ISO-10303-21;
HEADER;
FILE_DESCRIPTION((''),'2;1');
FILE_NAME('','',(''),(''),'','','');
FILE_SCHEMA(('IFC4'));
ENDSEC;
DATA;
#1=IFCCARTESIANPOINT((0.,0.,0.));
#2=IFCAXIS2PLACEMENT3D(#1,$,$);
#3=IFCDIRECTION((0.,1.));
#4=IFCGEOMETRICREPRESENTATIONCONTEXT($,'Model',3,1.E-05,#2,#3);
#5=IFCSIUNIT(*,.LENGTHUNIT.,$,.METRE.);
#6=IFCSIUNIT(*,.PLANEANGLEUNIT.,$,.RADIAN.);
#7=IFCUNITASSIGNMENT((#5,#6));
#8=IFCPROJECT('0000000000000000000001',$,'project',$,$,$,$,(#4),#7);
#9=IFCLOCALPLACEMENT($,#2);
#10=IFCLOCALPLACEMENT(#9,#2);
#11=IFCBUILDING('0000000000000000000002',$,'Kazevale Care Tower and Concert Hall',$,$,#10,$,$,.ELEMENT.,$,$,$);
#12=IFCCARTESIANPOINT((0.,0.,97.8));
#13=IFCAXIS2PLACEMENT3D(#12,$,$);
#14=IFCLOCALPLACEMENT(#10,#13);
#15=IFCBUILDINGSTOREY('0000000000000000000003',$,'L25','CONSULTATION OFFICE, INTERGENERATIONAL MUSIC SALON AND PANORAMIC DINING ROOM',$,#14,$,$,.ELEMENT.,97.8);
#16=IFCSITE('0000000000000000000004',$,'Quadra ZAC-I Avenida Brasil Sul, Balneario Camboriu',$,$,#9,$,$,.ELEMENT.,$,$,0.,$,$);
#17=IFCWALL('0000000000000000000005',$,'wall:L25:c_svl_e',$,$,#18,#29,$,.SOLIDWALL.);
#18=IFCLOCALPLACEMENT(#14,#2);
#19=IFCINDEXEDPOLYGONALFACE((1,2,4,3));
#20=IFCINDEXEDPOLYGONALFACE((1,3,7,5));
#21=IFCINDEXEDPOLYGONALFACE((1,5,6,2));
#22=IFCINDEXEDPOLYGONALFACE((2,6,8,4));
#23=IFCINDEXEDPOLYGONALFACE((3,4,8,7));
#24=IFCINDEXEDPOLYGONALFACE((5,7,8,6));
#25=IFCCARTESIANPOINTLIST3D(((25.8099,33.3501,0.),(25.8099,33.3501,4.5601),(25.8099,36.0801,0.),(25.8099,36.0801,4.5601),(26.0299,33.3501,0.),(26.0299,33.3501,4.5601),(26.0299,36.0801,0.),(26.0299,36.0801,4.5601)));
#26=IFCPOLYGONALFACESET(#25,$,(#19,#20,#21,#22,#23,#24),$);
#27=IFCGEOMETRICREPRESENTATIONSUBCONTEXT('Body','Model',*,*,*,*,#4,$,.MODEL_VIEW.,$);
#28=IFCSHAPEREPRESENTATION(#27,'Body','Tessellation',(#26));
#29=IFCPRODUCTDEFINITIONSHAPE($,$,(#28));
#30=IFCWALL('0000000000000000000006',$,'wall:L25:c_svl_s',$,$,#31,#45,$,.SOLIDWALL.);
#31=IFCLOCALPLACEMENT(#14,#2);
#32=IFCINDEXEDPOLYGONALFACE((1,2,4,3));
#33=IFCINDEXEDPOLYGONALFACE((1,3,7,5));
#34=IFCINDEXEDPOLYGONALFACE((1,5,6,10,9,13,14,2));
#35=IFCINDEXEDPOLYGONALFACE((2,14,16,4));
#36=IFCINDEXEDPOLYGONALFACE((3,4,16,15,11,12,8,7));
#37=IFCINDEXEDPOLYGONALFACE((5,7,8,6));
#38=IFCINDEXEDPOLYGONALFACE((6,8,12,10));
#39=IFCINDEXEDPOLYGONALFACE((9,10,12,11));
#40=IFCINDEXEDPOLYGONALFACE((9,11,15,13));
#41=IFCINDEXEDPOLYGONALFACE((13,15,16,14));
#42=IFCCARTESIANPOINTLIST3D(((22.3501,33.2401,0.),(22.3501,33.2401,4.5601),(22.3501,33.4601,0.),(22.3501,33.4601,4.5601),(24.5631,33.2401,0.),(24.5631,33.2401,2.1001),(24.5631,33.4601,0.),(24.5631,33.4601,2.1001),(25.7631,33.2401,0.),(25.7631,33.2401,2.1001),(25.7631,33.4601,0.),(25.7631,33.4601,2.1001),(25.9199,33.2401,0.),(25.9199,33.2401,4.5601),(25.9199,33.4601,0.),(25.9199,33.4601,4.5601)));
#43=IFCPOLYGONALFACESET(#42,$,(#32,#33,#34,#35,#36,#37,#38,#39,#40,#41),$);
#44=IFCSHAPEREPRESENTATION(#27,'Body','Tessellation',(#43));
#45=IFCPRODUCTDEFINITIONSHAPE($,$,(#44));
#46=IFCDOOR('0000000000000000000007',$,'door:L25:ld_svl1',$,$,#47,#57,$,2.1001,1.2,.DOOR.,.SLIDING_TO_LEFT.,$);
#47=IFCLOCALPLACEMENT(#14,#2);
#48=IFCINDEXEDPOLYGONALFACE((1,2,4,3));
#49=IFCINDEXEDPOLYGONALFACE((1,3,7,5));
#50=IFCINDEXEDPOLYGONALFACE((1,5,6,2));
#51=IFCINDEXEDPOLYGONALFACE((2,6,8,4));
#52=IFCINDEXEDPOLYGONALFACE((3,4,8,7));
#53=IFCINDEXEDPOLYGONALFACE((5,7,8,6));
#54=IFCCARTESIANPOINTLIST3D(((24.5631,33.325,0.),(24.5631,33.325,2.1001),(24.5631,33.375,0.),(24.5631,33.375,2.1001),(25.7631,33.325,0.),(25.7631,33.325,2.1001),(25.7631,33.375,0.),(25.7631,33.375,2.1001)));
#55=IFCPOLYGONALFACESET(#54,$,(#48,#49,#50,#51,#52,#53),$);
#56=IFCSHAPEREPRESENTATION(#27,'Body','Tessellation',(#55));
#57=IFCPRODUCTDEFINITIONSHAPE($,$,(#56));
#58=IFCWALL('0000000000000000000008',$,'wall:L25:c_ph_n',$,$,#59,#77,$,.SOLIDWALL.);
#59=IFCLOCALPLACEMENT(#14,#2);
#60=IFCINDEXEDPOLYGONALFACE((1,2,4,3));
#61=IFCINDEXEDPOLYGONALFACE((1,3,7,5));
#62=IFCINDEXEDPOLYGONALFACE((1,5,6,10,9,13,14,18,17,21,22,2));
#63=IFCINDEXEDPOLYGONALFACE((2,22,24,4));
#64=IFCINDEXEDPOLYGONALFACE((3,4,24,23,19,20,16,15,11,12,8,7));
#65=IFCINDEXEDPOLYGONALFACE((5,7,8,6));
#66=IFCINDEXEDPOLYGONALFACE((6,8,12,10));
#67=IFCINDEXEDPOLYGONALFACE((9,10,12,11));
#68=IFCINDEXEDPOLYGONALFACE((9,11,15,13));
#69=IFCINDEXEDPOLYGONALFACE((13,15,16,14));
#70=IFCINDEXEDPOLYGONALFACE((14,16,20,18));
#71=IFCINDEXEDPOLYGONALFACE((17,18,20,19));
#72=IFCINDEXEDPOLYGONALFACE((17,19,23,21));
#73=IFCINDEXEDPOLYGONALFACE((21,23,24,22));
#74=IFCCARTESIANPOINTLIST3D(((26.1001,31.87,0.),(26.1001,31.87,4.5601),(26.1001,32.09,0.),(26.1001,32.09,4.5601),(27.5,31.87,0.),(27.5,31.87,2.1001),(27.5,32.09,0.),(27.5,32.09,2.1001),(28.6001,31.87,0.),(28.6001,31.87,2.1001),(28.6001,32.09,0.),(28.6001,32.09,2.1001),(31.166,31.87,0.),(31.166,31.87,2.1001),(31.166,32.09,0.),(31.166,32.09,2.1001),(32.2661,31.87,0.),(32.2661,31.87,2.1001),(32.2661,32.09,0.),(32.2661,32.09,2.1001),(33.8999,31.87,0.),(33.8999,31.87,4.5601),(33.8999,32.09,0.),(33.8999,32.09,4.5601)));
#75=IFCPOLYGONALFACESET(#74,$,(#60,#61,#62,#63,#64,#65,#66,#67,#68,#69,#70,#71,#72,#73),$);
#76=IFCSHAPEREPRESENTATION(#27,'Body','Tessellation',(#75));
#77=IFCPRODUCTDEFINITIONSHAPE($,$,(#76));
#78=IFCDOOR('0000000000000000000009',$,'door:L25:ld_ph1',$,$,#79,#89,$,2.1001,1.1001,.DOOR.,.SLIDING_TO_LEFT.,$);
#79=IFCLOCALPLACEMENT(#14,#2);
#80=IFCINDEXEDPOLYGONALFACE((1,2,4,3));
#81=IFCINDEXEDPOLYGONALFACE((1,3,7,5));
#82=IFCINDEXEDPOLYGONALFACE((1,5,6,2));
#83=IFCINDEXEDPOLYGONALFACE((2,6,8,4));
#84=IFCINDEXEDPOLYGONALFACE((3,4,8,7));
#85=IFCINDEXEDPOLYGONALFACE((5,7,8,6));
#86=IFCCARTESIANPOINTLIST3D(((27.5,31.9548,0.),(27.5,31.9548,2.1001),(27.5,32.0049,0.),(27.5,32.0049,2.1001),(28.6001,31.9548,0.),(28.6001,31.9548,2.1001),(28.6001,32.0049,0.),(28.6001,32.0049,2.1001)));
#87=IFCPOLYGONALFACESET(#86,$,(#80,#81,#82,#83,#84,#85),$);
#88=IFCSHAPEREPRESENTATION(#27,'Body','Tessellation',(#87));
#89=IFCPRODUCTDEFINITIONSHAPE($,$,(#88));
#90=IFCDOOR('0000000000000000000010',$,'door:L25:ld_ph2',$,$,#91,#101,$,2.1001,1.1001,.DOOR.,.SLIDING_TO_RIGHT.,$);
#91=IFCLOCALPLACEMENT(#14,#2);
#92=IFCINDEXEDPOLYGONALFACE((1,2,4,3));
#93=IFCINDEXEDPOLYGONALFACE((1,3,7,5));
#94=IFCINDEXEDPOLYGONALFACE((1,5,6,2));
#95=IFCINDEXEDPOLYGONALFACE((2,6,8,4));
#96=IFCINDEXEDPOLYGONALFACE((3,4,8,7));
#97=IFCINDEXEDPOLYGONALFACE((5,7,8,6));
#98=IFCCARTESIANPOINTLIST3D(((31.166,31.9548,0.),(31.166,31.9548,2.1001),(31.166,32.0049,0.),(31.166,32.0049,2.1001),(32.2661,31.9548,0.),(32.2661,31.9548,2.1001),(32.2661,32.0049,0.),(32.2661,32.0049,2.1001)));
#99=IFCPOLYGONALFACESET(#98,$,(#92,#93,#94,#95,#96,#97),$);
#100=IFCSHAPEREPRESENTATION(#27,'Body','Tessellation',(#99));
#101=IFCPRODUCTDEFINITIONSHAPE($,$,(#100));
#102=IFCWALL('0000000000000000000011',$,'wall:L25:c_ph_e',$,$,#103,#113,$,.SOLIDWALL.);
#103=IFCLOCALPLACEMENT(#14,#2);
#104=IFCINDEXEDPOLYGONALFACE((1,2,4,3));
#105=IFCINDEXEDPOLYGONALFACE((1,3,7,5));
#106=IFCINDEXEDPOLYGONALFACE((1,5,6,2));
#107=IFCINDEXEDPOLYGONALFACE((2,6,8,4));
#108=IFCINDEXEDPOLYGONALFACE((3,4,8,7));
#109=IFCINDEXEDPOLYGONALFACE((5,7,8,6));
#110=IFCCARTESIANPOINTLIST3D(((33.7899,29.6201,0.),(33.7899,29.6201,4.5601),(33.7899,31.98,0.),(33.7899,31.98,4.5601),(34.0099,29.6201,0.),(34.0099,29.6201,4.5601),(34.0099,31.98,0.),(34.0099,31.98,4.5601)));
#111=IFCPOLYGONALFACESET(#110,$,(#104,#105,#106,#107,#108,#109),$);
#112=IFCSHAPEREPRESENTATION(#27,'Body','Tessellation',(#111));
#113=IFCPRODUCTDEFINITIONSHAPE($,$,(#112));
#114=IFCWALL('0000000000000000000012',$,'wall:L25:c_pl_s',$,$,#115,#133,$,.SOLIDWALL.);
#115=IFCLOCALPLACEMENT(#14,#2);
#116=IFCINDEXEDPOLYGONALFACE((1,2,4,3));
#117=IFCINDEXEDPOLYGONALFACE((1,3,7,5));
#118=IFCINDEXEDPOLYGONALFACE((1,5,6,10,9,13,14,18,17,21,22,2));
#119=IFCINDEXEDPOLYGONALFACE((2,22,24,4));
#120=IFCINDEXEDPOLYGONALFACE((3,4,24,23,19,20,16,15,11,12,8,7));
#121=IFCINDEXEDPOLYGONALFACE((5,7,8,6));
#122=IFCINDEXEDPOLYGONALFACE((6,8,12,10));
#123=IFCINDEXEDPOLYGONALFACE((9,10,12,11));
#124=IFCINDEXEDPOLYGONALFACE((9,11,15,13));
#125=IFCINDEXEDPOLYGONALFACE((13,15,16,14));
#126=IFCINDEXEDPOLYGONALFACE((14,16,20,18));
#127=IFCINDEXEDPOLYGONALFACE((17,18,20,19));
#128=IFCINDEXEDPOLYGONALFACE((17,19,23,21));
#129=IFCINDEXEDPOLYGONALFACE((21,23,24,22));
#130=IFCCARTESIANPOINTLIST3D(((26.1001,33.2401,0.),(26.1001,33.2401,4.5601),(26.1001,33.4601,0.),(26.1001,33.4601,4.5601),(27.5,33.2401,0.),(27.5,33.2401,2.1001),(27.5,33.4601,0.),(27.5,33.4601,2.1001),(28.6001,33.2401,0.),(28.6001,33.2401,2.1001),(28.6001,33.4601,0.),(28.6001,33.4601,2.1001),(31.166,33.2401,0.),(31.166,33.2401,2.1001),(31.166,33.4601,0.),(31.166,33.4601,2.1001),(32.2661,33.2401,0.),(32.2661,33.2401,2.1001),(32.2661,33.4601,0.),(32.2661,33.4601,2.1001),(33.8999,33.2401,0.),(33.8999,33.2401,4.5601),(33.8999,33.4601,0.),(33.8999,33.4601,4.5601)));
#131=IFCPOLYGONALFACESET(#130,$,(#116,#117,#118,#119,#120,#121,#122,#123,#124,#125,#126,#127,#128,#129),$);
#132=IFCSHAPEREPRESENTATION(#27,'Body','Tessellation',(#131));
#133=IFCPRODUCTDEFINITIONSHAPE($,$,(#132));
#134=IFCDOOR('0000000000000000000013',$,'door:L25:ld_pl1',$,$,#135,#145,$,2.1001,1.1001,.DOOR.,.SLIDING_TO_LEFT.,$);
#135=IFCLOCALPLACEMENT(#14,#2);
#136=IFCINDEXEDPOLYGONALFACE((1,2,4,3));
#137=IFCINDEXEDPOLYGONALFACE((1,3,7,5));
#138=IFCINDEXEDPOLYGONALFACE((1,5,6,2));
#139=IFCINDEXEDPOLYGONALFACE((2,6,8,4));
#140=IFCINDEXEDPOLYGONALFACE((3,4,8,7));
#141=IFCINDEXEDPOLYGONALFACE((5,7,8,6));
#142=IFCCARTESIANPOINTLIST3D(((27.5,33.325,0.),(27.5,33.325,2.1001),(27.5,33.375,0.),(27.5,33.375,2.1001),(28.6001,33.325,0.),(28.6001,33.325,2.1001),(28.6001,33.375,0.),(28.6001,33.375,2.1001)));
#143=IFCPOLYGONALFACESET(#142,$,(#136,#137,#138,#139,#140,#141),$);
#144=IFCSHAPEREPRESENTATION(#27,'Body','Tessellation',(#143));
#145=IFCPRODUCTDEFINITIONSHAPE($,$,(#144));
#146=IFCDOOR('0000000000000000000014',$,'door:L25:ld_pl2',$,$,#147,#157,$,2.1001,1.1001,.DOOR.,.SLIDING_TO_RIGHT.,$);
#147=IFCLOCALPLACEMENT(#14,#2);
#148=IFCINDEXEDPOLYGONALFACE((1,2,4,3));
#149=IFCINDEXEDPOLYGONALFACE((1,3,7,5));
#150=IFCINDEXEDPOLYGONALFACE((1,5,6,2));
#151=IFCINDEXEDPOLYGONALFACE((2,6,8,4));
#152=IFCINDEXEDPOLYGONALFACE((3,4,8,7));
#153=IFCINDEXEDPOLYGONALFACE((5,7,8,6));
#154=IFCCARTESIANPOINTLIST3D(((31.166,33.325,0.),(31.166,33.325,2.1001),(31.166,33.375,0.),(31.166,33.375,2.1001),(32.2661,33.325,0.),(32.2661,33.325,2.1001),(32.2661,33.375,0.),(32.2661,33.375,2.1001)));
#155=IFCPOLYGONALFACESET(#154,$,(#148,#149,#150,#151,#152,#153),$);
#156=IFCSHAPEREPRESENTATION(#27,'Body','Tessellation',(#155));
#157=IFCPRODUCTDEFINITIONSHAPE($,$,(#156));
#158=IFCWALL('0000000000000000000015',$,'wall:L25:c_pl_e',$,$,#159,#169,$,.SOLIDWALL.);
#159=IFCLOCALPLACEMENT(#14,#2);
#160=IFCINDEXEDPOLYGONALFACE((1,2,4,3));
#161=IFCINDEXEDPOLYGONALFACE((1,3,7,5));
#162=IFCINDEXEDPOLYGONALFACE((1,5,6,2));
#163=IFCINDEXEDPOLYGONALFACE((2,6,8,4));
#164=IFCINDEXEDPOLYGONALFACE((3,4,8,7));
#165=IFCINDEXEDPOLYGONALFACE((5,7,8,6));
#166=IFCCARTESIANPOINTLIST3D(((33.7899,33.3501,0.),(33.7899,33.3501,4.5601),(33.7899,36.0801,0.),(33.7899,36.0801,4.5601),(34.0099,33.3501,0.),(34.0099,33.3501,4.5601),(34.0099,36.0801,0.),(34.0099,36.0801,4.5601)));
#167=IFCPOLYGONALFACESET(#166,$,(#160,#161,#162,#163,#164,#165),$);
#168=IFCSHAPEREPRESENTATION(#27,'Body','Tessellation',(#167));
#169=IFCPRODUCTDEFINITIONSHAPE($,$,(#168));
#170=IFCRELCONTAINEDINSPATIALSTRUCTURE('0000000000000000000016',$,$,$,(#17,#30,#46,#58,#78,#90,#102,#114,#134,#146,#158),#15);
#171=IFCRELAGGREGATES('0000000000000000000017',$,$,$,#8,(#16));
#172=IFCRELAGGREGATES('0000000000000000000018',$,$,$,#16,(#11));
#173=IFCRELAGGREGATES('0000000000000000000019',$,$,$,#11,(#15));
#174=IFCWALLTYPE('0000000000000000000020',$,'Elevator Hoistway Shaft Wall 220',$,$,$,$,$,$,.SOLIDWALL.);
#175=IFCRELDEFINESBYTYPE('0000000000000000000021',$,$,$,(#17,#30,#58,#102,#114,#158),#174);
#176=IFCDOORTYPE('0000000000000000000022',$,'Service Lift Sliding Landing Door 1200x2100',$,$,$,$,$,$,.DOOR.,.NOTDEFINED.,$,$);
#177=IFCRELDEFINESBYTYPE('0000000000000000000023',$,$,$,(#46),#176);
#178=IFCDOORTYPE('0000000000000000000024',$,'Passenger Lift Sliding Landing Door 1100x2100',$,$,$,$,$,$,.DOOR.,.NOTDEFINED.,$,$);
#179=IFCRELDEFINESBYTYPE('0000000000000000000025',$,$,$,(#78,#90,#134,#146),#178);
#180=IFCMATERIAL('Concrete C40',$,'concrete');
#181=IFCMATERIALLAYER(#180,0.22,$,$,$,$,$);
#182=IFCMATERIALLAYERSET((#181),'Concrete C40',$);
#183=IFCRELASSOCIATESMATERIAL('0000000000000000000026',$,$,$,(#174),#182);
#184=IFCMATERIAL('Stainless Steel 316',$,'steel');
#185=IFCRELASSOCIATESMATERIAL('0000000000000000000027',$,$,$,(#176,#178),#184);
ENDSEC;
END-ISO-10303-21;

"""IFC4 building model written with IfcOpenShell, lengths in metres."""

from ifc_helpers import new_model, si_unit, direction, frame, frame_2d, origin, place, context, subcontext, project, spatial, rectangle, extrude, material, layer, layer_set, type_object, element, fill, save


model = new_model("IFC4")

# Units and contexts
model_context = context("Model", 3, precision=1e-05, world=origin(), true_north=direction((0.0, 1.0)))
body_context = subcontext(model_context, "Body", "Model", "MODEL_VIEW")
ifc_project = project(units=[si_unit("LENGTHUNIT", "METRE"), si_unit("PLANEANGLEUNIT", "RADIAN")], contexts=[model_context])

# Site, building, storey
site_placement = place(None, origin())
site = spatial("IfcSite", under=ifc_project, at=site_placement, Name="Quadra ZAC-I Avenida Brasil Sul, Balneario Camboriu", CompositionType="ELEMENT", RefElevation=0.0)
building_placement = place(site_placement, origin())
building = spatial("IfcBuilding", under=site, at=building_placement, Name="Kazevale Care Tower and Concert Hall", CompositionType="ELEMENT")
storey_placement = place(building_placement, frame((0.0, 0.0, 97.8)))
storey = spatial("IfcBuildingStorey", under=building, at=storey_placement, Name="L25", Description="CONSULTATION OFFICE, INTERGENERATIONAL MUSIC SALON AND PANORAMIC DINING ROOM", CompositionType="ELEMENT", Elevation=97.8)

# Wall
ifc_material_1 = material(Name="Concrete C40", Category="concrete")
ifc_layer_1 = layer(ifc_material_1, 0.22)
ifc_layer_set_1 = layer_set([ifc_layer_1], Name="Concrete C40")
wall_type_1 = type_object("IfcWallType", Name="Elevator Hoistway Shaft Wall 220", PredefinedType="SOLIDWALL", material=ifc_layer_set_1)
wall_1_placement = place(storey_placement, frame((25.9199, 33.3501, 0.0), z_axis=(0.0, 0.0, 1.0), x_axis=(0.0, 1.0, 0.0)))
element("IfcWall", 1, at=wall_1_placement, inside=storey, type_object=wall_type_1, Name="wall:L25:c_svl_e", PredefinedType="SOLIDWALL", context=body_context, shape_type="SweptSolid", body=[
    extrude(rectangle(XDim=2.73, YDim=0.22, at=frame_2d((1.365, 0.0))), origin(), (0.0, 0.0, 1.0), 4.5601),
])

# Wall, opening, door
wall_2_placement = place(storey_placement, frame((22.3501, 33.3501, 0.0), z_axis=(0.0, 0.0, 1.0), x_axis=(1.0, 0.0, 0.0)))
wall_2 = element("IfcWall", 2, at=wall_2_placement, inside=storey, type_object=wall_type_1, Name="wall:L25:c_svl_s", PredefinedType="SOLIDWALL", context=body_context, shape_type="SweptSolid", body=[
    extrude(rectangle(XDim=3.5698, YDim=0.22, at=frame_2d((1.7849, 0.0))), origin(), (0.0, 0.0, 1.0), 4.5601),
])
opening_1_placement = place(wall_2_placement, frame((2.2129, 0.0, 0.0)))
opening_1 = element("IfcOpeningElement", 3, at=opening_1_placement, cuts=wall_2, PredefinedType="OPENING", context=body_context, shape_type="SweptSolid", body=[
    extrude(rectangle(XDim=1.2, YDim=2.1001, at=frame_2d((0.6001, 1.05))), frame((0.0, 0.1199, 0.0), z_axis=(0.0, -1.0, 0.0), x_axis=(1.0, 0.0, 0.0)), (0.0, 0.0, 1.0), 0.24),
])
ifc_material_2 = material(Name="Stainless Steel 316", Category="steel")
door_type_1 = type_object("IfcDoorType", Name="Service Lift Sliding Landing Door 1200x2100", OperationType="NOTDEFINED", PredefinedType="DOOR", material=ifc_material_2)
door_1_placement = place(opening_1_placement, origin())
door_1 = element("IfcDoor", 4, at=door_1_placement, inside=storey, type_object=door_type_1, Name="door:L25:ld_svl1", OperationType="SLIDING_TO_LEFT", OverallHeight=2.1001, OverallWidth=1.2, PredefinedType="DOOR", context=body_context, shape_type="SweptSolid", body=[
    extrude(rectangle(XDim=1.2, YDim=2.1001, at=frame_2d((0.6001, 1.05))), frame((0.0, 0.0249, 0.0), z_axis=(0.0, -1.0, 0.0), x_axis=(1.0, 0.0, 0.0)), (0.0, 0.0, 1.0), 0.05),
])
fill(opening_1, door_1)

# Wall, openings, doors
wall_3_placement = place(storey_placement, frame((26.1001, 31.98, 0.0), z_axis=(0.0, 0.0, 1.0), x_axis=(1.0, 0.0, 0.0)))
wall_3 = element("IfcWall", 5, at=wall_3_placement, inside=storey, type_object=wall_type_1, Name="wall:L25:c_ph_n", PredefinedType="SOLIDWALL", context=body_context, shape_type="SweptSolid", body=[
    extrude(rectangle(XDim=7.7998, YDim=0.22, at=frame_2d((3.8999, 0.0))), origin(), (0.0, 0.0, 1.0), 4.5601),
])
opening_2_placement = place(wall_3_placement, frame((1.3999, 0.0, 0.0)))
opening_2 = element("IfcOpeningElement", 6, at=opening_2_placement, cuts=wall_3, PredefinedType="OPENING", context=body_context, shape_type="SweptSolid", body=[
    extrude(rectangle(XDim=1.1001, YDim=2.1001, at=frame_2d((0.55, 1.05))), frame((0.0, 0.1199, 0.0), z_axis=(0.0, -1.0, 0.0), x_axis=(1.0, 0.0, 0.0)), (0.0, 0.0, 1.0), 0.24),
])
opening_3_placement = place(wall_3_placement, frame((5.0659, 0.0, 0.0)))
opening_3 = element("IfcOpeningElement", 7, at=opening_3_placement, cuts=wall_3, PredefinedType="OPENING", context=body_context, shape_type="SweptSolid", body=[
    extrude(rectangle(XDim=1.1001, YDim=2.1001, at=frame_2d((0.55, 1.05))), frame((0.0, 0.1199, 0.0), z_axis=(0.0, -1.0, 0.0), x_axis=(1.0, 0.0, 0.0)), (0.0, 0.0, 1.0), 0.24),
])
door_type_2 = type_object("IfcDoorType", Name="Passenger Lift Sliding Landing Door 1100x2100", OperationType="NOTDEFINED", PredefinedType="DOOR", material=ifc_material_2)
door_2_placement = place(opening_2_placement, origin())
door_2 = element("IfcDoor", 8, at=door_2_placement, inside=storey, type_object=door_type_2, Name="door:L25:ld_ph1", OperationType="SLIDING_TO_LEFT", OverallHeight=2.1001, OverallWidth=1.1001, PredefinedType="DOOR", context=body_context, shape_type="SweptSolid", body=[
    extrude(rectangle(XDim=1.1001, YDim=2.1001, at=frame_2d((0.55, 1.05))), frame((0.0, 0.0249, 0.0), z_axis=(0.0, -1.0, 0.0), x_axis=(1.0, 0.0, 0.0)), (0.0, 0.0, 1.0), 0.05),
])
fill(opening_2, door_2)
door_3_placement = place(opening_3_placement, origin())
door_3 = element("IfcDoor", 9, at=door_3_placement, inside=storey, type_object=door_type_2, Name="door:L25:ld_ph2", OperationType="SLIDING_TO_RIGHT", OverallHeight=2.1001, OverallWidth=1.1001, PredefinedType="DOOR", context=body_context, shape_type="SweptSolid", body=[
    extrude(rectangle(XDim=1.1001, YDim=2.1001, at=frame_2d((0.55, 1.05))), frame((0.0, 0.0249, 0.0), z_axis=(0.0, -1.0, 0.0), x_axis=(1.0, 0.0, 0.0)), (0.0, 0.0, 1.0), 0.05),
])
fill(opening_3, door_3)

# Wall
wall_4_placement = place(storey_placement, frame((33.8999, 29.6201, 0.0), z_axis=(0.0, 0.0, 1.0), x_axis=(0.0, 1.0, 0.0)))
element("IfcWall", 10, at=wall_4_placement, inside=storey, type_object=wall_type_1, Name="wall:L25:c_ph_e", PredefinedType="SOLIDWALL", context=body_context, shape_type="SweptSolid", body=[
    extrude(rectangle(XDim=2.3599, YDim=0.22, at=frame_2d((1.1799, 0.0))), origin(), (0.0, 0.0, 1.0), 4.5601),
])

# Wall, openings, doors
wall_5_placement = place(storey_placement, frame((26.1001, 33.3501, 0.0), z_axis=(0.0, 0.0, 1.0), x_axis=(1.0, 0.0, 0.0)))
wall_5 = element("IfcWall", 11, at=wall_5_placement, inside=storey, type_object=wall_type_1, Name="wall:L25:c_pl_s", PredefinedType="SOLIDWALL", context=body_context, shape_type="SweptSolid", body=[
    extrude(rectangle(XDim=7.7998, YDim=0.22, at=frame_2d((3.8999, 0.0))), origin(), (0.0, 0.0, 1.0), 4.5601),
])
opening_4_placement = place(wall_5_placement, frame((1.3999, 0.0, 0.0)))
opening_4 = element("IfcOpeningElement", 12, at=opening_4_placement, cuts=wall_5, PredefinedType="OPENING", context=body_context, shape_type="SweptSolid", body=[
    extrude(rectangle(XDim=1.1001, YDim=2.1001, at=frame_2d((0.55, 1.05))), frame((0.0, 0.1199, 0.0), z_axis=(0.0, -1.0, 0.0), x_axis=(1.0, 0.0, 0.0)), (0.0, 0.0, 1.0), 0.24),
])
opening_5_placement = place(wall_5_placement, frame((5.0659, 0.0, 0.0)))
opening_5 = element("IfcOpeningElement", 13, at=opening_5_placement, cuts=wall_5, PredefinedType="OPENING", context=body_context, shape_type="SweptSolid", body=[
    extrude(rectangle(XDim=1.1001, YDim=2.1001, at=frame_2d((0.55, 1.05))), frame((0.0, 0.1199, 0.0), z_axis=(0.0, -1.0, 0.0), x_axis=(1.0, 0.0, 0.0)), (0.0, 0.0, 1.0), 0.24),
])
door_4_placement = place(opening_4_placement, origin())
door_4 = element("IfcDoor", 14, at=door_4_placement, inside=storey, type_object=door_type_2, Name="door:L25:ld_pl1", OperationType="SLIDING_TO_LEFT", OverallHeight=2.1001, OverallWidth=1.1001, PredefinedType="DOOR", context=body_context, shape_type="SweptSolid", body=[
    extrude(rectangle(XDim=1.1001, YDim=2.1001, at=frame_2d((0.55, 1.05))), frame((0.0, 0.0249, 0.0), z_axis=(0.0, -1.0, 0.0), x_axis=(1.0, 0.0, 0.0)), (0.0, 0.0, 1.0), 0.05),
])
fill(opening_4, door_4)
door_5_placement = place(opening_5_placement, origin())
door_5 = element("IfcDoor", 15, at=door_5_placement, inside=storey, type_object=door_type_2, Name="door:L25:ld_pl2", OperationType="SLIDING_TO_RIGHT", OverallHeight=2.1001, OverallWidth=1.1001, PredefinedType="DOOR", context=body_context, shape_type="SweptSolid", body=[
    extrude(rectangle(XDim=1.1001, YDim=2.1001, at=frame_2d((0.55, 1.05))), frame((0.0, 0.0249, 0.0), z_axis=(0.0, -1.0, 0.0), x_axis=(1.0, 0.0, 0.0)), (0.0, 0.0, 1.0), 0.05),
])
fill(opening_5, door_5)

# Wall
wall_6_placement = place(storey_placement, frame((33.8999, 33.3501, 0.0), z_axis=(0.0, 0.0, 1.0), x_axis=(0.0, 1.0, 0.0)))
element("IfcWall", 16, at=wall_6_placement, inside=storey, type_object=wall_type_1, Name="wall:L25:c_pl_e", PredefinedType="SOLIDWALL", context=body_context, shape_type="SweptSolid", body=[
    extrude(rectangle(XDim=2.73, YDim=0.22, at=frame_2d((1.365, 0.0))), origin(), (0.0, 0.0, 1.0), 4.5601),
])

save(model, "model.ifc")
